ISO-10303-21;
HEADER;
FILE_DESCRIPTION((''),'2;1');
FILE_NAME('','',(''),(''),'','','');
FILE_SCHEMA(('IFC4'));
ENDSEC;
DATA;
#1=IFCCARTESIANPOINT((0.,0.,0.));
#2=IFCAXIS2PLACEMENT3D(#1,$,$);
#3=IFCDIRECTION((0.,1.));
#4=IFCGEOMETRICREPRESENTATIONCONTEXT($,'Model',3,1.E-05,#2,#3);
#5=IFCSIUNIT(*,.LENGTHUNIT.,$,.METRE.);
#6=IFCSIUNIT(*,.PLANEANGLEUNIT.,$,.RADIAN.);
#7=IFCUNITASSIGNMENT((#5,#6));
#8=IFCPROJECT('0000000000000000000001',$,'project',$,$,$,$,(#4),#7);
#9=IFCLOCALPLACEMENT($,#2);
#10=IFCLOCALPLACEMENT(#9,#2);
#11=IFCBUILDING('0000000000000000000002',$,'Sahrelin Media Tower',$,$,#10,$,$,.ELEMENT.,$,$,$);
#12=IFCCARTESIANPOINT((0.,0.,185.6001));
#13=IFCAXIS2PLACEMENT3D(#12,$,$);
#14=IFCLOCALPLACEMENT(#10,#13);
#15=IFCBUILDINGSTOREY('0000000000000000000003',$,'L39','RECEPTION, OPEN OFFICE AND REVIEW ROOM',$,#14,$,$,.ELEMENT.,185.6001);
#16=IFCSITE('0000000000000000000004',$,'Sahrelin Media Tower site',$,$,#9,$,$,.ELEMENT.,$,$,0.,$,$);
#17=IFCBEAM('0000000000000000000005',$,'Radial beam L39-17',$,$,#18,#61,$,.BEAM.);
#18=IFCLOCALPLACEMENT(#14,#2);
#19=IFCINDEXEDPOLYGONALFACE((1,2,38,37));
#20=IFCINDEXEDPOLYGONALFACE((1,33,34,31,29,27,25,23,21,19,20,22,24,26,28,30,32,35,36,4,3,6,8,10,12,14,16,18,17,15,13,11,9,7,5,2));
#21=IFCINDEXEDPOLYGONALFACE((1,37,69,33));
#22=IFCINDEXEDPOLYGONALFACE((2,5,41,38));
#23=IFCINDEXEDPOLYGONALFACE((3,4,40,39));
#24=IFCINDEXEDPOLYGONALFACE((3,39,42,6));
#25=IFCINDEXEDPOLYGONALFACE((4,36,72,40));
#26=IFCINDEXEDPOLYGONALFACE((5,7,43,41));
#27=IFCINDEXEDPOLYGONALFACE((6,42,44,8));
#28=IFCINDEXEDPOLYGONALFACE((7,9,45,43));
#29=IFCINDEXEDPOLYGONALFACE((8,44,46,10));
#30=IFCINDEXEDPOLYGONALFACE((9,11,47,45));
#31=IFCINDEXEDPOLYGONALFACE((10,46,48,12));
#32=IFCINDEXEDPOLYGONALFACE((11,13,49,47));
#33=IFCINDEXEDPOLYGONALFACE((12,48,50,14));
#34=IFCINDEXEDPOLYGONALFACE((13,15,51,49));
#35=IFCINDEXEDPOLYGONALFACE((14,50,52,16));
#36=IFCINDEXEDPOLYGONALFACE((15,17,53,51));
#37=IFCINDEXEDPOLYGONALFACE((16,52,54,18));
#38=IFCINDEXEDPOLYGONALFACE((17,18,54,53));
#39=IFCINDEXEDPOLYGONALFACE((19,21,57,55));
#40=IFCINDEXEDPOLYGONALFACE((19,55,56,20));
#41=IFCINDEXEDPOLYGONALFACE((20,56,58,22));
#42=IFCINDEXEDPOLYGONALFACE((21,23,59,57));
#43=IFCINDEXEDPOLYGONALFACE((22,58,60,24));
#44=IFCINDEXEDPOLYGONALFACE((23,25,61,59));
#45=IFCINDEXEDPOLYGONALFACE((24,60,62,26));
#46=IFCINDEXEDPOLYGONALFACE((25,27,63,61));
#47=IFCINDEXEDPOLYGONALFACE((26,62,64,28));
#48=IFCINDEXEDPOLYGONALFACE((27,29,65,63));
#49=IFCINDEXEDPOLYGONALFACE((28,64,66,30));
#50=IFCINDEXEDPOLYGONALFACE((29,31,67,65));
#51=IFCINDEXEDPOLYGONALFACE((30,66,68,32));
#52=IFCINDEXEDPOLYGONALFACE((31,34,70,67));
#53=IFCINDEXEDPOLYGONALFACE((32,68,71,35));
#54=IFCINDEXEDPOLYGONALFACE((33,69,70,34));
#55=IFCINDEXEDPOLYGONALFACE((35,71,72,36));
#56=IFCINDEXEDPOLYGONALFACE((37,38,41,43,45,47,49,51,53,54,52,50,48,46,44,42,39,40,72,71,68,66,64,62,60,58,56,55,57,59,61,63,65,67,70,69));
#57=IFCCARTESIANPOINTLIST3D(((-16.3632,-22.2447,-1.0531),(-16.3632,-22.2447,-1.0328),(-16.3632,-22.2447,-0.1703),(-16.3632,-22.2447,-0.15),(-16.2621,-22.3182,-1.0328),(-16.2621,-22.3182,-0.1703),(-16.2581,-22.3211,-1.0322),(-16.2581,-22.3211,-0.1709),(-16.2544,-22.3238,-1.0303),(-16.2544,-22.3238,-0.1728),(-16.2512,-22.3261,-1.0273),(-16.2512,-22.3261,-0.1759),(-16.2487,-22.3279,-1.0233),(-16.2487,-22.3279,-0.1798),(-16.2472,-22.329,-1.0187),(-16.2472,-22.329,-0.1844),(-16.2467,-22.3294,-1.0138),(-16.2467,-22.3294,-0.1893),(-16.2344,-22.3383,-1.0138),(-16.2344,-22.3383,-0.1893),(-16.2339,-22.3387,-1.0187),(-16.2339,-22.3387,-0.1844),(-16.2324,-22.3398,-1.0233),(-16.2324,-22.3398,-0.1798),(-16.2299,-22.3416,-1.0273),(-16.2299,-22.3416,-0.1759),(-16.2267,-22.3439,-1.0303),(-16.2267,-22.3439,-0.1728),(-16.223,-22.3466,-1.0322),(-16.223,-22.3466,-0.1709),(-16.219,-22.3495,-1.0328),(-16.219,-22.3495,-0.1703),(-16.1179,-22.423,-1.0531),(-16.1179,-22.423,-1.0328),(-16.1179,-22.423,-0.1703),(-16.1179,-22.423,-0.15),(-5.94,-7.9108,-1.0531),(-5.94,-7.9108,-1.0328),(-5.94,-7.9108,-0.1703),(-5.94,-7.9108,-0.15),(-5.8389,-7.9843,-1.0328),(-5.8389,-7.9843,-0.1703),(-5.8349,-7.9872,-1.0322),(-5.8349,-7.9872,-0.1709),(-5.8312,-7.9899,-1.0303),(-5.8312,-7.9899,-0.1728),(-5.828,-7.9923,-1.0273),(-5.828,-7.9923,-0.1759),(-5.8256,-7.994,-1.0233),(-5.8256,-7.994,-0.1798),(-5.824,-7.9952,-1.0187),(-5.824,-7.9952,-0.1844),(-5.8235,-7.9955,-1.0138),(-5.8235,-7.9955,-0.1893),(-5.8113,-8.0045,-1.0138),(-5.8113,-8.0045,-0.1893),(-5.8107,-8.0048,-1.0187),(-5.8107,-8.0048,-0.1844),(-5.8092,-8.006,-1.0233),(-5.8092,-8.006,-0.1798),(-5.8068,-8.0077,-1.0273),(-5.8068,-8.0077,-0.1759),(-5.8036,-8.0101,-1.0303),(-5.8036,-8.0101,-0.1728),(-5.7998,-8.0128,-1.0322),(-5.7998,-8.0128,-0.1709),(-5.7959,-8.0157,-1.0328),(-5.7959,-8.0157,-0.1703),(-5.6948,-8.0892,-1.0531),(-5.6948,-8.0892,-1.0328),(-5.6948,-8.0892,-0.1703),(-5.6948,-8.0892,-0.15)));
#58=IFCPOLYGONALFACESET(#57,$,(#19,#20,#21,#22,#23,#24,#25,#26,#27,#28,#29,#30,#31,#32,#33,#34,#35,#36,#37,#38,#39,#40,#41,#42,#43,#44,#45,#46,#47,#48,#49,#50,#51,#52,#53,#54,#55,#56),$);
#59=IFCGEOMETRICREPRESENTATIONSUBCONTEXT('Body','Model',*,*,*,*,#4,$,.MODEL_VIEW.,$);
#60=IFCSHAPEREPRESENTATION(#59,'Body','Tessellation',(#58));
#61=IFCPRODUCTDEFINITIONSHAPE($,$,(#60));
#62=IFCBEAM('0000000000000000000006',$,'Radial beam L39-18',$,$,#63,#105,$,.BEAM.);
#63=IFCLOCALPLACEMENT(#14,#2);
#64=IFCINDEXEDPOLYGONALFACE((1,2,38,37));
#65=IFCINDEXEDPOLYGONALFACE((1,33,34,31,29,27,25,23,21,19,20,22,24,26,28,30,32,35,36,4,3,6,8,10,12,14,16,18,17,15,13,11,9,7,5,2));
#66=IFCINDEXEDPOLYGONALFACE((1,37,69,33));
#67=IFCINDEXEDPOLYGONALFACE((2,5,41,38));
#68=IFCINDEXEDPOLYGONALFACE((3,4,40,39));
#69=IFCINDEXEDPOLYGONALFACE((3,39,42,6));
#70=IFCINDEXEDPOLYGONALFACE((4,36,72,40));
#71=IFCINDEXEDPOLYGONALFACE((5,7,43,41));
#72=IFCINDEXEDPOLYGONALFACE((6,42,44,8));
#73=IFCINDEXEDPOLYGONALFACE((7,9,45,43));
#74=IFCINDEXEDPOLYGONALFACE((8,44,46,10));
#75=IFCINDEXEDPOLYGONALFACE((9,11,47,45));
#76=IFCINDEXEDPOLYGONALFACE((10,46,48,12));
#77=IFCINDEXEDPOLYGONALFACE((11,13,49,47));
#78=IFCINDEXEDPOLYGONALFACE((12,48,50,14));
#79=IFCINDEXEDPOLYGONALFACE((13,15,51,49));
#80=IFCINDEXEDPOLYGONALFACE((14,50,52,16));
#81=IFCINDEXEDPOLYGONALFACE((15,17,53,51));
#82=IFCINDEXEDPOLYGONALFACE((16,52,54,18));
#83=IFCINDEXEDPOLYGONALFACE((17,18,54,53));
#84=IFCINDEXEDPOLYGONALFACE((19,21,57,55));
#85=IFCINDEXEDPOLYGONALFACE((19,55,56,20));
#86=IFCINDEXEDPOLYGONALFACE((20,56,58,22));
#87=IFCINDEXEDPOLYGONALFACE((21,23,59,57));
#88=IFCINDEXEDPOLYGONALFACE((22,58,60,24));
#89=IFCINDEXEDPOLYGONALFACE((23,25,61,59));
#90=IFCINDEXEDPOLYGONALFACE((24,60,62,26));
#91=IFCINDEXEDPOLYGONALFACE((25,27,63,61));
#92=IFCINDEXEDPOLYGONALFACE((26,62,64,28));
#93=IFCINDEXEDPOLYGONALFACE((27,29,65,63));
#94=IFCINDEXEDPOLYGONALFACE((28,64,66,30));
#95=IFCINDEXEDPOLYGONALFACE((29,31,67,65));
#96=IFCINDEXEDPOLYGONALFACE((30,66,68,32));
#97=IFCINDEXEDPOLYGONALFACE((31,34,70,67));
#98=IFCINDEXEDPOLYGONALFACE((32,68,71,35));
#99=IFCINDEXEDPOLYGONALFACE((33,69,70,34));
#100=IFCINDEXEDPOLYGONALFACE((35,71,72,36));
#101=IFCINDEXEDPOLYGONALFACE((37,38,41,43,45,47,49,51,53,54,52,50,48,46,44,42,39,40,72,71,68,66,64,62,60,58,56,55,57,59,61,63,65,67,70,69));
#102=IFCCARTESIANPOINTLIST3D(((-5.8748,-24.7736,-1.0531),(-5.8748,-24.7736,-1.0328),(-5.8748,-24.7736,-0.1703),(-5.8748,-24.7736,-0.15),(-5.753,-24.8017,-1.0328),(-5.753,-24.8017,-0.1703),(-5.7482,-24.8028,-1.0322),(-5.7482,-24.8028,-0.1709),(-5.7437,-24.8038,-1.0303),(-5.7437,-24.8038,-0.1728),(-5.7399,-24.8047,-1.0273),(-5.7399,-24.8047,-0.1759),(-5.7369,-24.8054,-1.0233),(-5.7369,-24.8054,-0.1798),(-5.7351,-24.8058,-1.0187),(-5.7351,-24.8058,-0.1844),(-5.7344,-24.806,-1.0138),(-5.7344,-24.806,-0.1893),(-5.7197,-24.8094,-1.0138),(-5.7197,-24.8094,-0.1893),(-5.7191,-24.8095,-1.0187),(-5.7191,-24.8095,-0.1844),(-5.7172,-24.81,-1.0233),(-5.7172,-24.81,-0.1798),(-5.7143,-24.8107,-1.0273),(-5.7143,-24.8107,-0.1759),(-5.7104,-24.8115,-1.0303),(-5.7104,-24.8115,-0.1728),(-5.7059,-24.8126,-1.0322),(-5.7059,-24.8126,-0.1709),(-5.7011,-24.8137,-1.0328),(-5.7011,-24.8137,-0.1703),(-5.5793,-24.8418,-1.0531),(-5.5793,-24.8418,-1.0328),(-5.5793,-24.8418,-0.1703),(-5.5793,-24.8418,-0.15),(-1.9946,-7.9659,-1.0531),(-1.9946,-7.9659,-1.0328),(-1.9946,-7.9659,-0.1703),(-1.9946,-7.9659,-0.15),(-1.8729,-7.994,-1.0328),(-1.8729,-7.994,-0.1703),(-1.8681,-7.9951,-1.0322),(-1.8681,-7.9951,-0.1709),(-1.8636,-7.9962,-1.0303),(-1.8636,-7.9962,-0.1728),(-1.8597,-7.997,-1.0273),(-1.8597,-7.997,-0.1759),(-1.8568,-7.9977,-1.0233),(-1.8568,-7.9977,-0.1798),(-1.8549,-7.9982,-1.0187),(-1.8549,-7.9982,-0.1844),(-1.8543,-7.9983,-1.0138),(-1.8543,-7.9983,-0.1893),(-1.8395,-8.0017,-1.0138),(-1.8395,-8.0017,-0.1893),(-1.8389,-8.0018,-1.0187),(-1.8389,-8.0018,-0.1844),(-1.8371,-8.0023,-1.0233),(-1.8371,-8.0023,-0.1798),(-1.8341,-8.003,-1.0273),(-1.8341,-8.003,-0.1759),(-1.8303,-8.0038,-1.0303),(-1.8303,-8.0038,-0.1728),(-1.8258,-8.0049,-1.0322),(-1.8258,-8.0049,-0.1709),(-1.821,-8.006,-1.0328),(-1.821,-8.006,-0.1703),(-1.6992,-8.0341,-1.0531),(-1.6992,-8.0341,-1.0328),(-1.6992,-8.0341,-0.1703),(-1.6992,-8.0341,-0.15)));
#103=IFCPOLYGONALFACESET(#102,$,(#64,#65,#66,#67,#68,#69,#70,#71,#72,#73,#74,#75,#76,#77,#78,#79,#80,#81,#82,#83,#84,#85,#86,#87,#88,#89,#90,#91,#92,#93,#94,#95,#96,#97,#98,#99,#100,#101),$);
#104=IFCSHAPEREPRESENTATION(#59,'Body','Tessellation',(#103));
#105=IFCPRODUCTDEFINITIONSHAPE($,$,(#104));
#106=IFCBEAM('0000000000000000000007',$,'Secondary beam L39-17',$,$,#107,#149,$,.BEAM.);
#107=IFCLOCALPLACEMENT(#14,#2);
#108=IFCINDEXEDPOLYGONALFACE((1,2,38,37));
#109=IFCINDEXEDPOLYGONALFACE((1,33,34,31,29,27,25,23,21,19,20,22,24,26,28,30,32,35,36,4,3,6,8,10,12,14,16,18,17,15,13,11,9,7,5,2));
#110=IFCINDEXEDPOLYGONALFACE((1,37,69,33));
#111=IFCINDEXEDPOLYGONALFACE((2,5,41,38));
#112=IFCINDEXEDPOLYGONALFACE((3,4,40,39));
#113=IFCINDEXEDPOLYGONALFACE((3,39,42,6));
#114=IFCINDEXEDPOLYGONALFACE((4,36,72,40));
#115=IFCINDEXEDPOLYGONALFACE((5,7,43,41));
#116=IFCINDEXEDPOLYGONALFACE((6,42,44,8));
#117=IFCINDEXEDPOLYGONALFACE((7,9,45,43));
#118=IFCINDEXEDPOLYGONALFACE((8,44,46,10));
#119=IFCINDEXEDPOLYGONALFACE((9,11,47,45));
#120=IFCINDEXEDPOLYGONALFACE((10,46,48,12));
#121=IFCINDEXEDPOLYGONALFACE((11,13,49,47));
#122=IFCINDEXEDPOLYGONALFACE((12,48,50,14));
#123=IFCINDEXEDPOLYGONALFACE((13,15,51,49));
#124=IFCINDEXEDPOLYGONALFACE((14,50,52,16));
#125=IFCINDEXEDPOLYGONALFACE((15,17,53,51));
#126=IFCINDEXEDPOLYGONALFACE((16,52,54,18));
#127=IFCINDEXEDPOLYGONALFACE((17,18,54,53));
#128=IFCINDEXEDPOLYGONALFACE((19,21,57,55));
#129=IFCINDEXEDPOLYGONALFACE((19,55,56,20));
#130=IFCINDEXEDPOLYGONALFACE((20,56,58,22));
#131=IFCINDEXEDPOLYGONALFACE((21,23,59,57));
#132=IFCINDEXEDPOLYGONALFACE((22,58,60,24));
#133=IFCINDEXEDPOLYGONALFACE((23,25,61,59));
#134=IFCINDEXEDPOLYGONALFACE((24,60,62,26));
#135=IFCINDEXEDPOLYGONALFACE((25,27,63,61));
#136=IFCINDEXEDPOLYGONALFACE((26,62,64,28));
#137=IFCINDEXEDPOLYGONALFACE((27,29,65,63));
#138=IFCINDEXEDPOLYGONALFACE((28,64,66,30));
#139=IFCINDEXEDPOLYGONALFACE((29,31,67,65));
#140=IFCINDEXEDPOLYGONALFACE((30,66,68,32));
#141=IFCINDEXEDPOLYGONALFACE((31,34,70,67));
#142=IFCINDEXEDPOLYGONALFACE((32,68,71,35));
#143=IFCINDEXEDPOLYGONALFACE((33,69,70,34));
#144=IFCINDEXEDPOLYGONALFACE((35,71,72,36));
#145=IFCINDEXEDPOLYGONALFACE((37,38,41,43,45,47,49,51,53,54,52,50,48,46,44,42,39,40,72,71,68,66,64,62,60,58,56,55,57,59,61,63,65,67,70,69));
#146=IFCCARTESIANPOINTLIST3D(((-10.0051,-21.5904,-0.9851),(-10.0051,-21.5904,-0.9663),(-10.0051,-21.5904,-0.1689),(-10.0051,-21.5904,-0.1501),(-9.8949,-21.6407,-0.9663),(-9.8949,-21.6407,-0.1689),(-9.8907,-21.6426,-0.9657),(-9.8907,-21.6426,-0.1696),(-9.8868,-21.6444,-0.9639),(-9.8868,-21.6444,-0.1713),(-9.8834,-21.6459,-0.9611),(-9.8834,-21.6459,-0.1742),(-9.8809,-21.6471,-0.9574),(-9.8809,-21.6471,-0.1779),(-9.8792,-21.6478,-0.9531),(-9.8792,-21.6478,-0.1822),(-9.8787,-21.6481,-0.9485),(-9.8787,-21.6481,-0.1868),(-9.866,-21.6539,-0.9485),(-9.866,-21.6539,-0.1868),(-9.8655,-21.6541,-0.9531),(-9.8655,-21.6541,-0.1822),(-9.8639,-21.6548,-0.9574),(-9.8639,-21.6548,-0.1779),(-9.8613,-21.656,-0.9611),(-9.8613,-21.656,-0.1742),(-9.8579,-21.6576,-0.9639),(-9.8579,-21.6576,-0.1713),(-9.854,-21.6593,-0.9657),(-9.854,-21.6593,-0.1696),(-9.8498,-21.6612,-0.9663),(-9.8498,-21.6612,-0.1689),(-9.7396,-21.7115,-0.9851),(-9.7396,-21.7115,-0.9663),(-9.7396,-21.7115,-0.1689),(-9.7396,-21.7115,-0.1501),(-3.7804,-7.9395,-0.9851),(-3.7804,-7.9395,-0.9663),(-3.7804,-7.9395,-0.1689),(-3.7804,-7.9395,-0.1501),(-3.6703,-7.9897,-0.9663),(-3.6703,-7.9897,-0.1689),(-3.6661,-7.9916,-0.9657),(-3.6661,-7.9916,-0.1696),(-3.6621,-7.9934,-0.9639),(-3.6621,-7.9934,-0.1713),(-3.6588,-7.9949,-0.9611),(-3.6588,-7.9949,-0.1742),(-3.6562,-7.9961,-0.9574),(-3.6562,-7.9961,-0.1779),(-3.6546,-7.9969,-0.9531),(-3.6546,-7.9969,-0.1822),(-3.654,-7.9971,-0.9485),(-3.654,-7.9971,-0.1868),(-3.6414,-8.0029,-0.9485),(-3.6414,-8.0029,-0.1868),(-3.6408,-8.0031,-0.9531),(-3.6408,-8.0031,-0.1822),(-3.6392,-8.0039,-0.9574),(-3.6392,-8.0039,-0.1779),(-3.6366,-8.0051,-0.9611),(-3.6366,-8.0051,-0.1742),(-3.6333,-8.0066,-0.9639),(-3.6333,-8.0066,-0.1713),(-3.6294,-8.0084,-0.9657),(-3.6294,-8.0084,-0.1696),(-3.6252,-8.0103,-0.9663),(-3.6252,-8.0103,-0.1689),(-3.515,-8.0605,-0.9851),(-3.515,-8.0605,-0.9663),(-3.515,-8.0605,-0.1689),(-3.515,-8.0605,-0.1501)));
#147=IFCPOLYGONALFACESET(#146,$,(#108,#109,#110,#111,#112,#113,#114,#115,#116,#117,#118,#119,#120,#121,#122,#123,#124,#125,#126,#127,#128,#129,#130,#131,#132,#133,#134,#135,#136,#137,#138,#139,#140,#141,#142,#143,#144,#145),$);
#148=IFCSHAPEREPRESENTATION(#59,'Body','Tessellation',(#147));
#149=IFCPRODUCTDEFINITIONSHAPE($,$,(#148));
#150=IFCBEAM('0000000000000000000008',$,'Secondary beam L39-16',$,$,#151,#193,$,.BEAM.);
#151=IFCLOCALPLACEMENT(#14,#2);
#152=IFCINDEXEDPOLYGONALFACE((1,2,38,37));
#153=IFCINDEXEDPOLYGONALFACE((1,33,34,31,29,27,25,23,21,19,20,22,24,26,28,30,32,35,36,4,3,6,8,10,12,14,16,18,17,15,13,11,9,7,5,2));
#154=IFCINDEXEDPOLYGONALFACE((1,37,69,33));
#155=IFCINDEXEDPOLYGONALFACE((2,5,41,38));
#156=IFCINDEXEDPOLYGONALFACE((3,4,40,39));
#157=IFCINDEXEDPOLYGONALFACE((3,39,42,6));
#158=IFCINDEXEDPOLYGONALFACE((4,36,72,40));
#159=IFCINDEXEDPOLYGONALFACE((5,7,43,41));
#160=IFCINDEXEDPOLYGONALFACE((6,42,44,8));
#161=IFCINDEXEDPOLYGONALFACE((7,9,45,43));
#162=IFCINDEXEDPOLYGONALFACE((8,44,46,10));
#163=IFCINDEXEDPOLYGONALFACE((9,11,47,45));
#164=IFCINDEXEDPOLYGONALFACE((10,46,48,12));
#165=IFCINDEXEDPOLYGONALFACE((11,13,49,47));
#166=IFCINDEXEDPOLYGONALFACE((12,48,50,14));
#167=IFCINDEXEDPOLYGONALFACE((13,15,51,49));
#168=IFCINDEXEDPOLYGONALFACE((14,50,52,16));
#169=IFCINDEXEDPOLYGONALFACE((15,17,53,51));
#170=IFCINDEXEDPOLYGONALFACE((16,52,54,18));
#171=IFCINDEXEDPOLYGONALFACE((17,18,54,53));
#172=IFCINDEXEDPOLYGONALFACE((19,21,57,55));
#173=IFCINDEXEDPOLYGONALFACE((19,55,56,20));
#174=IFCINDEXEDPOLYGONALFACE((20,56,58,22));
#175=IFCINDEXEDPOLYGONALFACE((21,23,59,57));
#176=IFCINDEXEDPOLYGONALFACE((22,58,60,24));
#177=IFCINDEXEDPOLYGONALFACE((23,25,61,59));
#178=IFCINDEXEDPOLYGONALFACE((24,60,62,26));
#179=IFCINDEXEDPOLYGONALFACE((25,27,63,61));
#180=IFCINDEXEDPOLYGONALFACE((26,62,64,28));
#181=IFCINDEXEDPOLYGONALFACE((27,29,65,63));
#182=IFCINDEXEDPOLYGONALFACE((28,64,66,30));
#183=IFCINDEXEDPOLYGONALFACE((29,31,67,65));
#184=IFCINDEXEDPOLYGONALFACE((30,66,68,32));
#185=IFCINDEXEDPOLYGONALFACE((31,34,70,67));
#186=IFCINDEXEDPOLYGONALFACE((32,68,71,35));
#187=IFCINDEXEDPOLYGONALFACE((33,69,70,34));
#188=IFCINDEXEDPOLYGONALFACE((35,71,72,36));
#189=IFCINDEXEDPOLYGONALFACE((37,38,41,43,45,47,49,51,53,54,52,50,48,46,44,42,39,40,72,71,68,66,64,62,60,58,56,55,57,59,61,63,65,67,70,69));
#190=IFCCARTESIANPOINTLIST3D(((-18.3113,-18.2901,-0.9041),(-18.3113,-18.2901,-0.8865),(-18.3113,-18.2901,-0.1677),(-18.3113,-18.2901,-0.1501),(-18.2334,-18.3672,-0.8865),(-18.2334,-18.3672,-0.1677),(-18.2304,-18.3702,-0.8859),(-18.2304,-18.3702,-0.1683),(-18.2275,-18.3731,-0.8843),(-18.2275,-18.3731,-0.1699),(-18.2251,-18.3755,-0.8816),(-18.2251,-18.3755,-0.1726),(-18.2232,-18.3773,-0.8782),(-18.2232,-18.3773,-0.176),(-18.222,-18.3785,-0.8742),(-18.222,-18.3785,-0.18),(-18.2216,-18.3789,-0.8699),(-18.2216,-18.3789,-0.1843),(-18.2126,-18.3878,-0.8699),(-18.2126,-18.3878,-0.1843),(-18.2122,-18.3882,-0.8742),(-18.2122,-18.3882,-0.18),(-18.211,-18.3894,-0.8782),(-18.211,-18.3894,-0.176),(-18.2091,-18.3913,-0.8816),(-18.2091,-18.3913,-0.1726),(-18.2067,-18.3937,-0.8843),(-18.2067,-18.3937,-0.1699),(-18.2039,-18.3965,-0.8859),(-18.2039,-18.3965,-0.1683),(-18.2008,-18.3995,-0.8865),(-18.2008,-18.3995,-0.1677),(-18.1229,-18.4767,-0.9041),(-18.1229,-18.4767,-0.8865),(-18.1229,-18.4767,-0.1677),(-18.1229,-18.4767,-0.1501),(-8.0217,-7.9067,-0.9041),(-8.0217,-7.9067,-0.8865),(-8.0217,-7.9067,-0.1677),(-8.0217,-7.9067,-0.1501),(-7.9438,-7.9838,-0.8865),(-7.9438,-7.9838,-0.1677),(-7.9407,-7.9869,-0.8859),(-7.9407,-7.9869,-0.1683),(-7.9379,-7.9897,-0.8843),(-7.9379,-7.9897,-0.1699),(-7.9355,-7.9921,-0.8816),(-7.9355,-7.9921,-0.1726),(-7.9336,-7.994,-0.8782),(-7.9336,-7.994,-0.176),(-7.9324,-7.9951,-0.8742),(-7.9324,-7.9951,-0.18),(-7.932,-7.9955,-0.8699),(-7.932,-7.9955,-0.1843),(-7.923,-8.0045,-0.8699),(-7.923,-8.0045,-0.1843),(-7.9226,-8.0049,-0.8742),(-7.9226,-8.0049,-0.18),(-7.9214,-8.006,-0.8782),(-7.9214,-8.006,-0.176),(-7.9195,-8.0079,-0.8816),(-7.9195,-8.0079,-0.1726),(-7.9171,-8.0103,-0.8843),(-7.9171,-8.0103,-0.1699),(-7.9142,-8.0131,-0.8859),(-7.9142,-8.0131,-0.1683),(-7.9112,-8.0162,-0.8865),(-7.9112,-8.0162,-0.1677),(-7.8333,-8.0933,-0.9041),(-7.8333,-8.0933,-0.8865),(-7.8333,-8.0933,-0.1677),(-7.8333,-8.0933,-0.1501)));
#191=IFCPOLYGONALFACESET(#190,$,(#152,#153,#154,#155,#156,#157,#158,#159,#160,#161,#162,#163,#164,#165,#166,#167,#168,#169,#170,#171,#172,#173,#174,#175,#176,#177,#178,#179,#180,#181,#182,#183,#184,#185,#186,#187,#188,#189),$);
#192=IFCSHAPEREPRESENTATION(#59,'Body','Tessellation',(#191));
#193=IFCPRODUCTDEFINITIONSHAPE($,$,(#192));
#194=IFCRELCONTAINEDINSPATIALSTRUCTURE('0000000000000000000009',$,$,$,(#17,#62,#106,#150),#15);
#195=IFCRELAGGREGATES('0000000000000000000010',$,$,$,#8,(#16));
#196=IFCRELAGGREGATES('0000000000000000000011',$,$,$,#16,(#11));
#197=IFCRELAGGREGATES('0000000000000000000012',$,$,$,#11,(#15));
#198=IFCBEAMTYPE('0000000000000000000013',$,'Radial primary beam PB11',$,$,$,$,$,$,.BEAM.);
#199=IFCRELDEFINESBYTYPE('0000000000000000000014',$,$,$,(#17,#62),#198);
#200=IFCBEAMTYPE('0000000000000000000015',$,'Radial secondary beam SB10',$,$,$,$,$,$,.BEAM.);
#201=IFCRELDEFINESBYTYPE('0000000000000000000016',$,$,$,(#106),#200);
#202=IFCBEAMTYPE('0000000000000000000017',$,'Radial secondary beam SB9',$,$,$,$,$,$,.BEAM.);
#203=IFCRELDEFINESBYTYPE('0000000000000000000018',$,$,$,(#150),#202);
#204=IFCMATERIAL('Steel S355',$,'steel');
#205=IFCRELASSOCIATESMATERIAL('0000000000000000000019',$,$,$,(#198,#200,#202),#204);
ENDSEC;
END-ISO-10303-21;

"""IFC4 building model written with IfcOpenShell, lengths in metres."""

from ifc_helpers import new_model, si_unit, direction, frame, origin, origin_2d, place, context, subcontext, project, spatial, i_section, extrude, material, material_profile, profile_set, type_object, element, save


model = new_model("IFC4")

# Units and contexts
model_context = context("Model", 3, precision=1e-05, world=origin(), true_north=direction((0.0, 1.0)))
body_context = subcontext(model_context, "Body", "Model", "MODEL_VIEW")
ifc_project = project(units=[si_unit("LENGTHUNIT", "METRE"), si_unit("PLANEANGLEUNIT", "RADIAN")], contexts=[model_context])

# Site, building, storey
site_placement = place(None, origin())
site = spatial("IfcSite", under=ifc_project, at=site_placement, Name="Sahrelin Media Tower site", CompositionType="ELEMENT", RefElevation=0.0)
building_placement = place(site_placement, origin())
building = spatial("IfcBuilding", under=site, at=building_placement, Name="Sahrelin Media Tower", CompositionType="ELEMENT")
storey_placement = place(building_placement, frame((0.0, 0.0, 185.6001)))
storey = spatial("IfcBuildingStorey", under=building, at=storey_placement, Name="L39", Description="RECEPTION, OPEN OFFICE AND REVIEW ROOM", CompositionType="ELEMENT", Elevation=185.6001)

# Beams
ifc_material_1 = material(Name="Steel S355", Category="steel")
ifc_material_profile_1 = material_profile(ifc_material_1, i_section(OverallWidth=0.3032, OverallDepth=0.9031, WebThickness=0.0151, FlangeThickness=0.0203, FilletRadius=0.019, at=origin_2d()), Name="UB 914x305x201")
ifc_profile_set_1 = profile_set([ifc_material_profile_1], Name="Steel S355")
beam_type_1 = type_object("IfcBeamType", Name="Radial primary beam PB11", PredefinedType="BEAM", material=ifc_profile_set_1)
beam_1_placement = place(storey_placement, frame((-5.8174, -8.0, -0.6016), z_axis=(-0.588118, -0.808775, 0.0), x_axis=(0.808775, -0.588118, 0.0)))
element("IfcBeam", 1, at=beam_1_placement, inside=storey, type_object=beam_type_1, Name="Radial beam L39-17", PredefinedType="BEAM", context=body_context, shape_type="SweptSolid", body=[
    extrude(i_section(OverallWidth=0.3032, OverallDepth=0.9031, WebThickness=0.0151, FlangeThickness=0.0203, FilletRadius=0.019, at=origin_2d()), origin(), (0.0, 0.0, 1.0), 17.7229),
])
beam_2_placement = place(storey_placement, frame((-1.8469, -8.0, -0.6016), z_axis=(-0.224939, -0.974373, 0.0), x_axis=(0.974373, -0.224939, 0.0)))
element("IfcBeam", 2, at=beam_2_placement, inside=storey, type_object=beam_type_1, Name="Radial beam L39-18", PredefinedType="BEAM", context=body_context, shape_type="SweptSolid", body=[
    extrude(i_section(OverallWidth=0.3032, OverallDepth=0.9031, WebThickness=0.0151, FlangeThickness=0.0203, FilletRadius=0.019, at=origin_2d()), origin(), (0.0, 0.0, 1.0), 17.2498),
])
ifc_material_profile_2 = material_profile(ifc_material_1, i_section(OverallWidth=0.2917, OverallDepth=0.835, WebThickness=0.0139, FlangeThickness=0.0188, FilletRadius=0.0178, at=origin_2d()), Name="UB 838x292x176")
ifc_profile_set_2 = profile_set([ifc_material_profile_2], Name="Steel S355")
beam_type_2 = type_object("IfcBeamType", Name="Radial secondary beam SB10", PredefinedType="BEAM", material=ifc_profile_set_2)
beam_3_placement = place(storey_placement, frame((-3.6477, -8.0, -0.5676), z_axis=(-0.414889, -0.909872, 0.0), x_axis=(0.909872, -0.414889, 0.0)))
element("IfcBeam", 3, at=beam_3_placement, inside=storey, type_object=beam_type_2, Name="Secondary beam L39-17", PredefinedType="BEAM", context=body_context, shape_type="SweptSolid", body=[
    extrude(i_section(OverallWidth=0.2917, OverallDepth=0.835, WebThickness=0.0139, FlangeThickness=0.0188, FilletRadius=0.0178, at=origin_2d()), origin(), (0.0, 0.0, 1.0), 15.0032),
])
ifc_material_profile_3 = material_profile(ifc_material_1, i_section(OverallWidth=0.2651, OverallDepth=0.7539, WebThickness=0.0127, FlangeThickness=0.0176, FilletRadius=0.0166, at=origin_2d()), Name="UB 762x267x147")
ifc_profile_set_3 = profile_set([ifc_material_profile_3], Name="Steel S355")
beam_type_3 = type_object("IfcBeamType", Name="Radial secondary beam SB9", PredefinedType="BEAM", material=ifc_profile_set_3)
beam_4_placement = place(storey_placement, frame((-7.9275, -8.0, -0.5271), z_axis=(-0.703893, -0.710306, 0.0), x_axis=(0.710306, -0.703893, 0.0)))
element("IfcBeam", 4, at=beam_4_placement, inside=storey, type_object=beam_type_3, Name="Secondary beam L39-16", PredefinedType="BEAM", context=body_context, shape_type="SweptSolid", body=[
    extrude(i_section(OverallWidth=0.2651, OverallDepth=0.7539, WebThickness=0.0127, FlangeThickness=0.0176, FilletRadius=0.0166, at=origin_2d()), origin(), (0.0, 0.0, 1.0), 14.6182),
])

save(model, "model.ifc")
